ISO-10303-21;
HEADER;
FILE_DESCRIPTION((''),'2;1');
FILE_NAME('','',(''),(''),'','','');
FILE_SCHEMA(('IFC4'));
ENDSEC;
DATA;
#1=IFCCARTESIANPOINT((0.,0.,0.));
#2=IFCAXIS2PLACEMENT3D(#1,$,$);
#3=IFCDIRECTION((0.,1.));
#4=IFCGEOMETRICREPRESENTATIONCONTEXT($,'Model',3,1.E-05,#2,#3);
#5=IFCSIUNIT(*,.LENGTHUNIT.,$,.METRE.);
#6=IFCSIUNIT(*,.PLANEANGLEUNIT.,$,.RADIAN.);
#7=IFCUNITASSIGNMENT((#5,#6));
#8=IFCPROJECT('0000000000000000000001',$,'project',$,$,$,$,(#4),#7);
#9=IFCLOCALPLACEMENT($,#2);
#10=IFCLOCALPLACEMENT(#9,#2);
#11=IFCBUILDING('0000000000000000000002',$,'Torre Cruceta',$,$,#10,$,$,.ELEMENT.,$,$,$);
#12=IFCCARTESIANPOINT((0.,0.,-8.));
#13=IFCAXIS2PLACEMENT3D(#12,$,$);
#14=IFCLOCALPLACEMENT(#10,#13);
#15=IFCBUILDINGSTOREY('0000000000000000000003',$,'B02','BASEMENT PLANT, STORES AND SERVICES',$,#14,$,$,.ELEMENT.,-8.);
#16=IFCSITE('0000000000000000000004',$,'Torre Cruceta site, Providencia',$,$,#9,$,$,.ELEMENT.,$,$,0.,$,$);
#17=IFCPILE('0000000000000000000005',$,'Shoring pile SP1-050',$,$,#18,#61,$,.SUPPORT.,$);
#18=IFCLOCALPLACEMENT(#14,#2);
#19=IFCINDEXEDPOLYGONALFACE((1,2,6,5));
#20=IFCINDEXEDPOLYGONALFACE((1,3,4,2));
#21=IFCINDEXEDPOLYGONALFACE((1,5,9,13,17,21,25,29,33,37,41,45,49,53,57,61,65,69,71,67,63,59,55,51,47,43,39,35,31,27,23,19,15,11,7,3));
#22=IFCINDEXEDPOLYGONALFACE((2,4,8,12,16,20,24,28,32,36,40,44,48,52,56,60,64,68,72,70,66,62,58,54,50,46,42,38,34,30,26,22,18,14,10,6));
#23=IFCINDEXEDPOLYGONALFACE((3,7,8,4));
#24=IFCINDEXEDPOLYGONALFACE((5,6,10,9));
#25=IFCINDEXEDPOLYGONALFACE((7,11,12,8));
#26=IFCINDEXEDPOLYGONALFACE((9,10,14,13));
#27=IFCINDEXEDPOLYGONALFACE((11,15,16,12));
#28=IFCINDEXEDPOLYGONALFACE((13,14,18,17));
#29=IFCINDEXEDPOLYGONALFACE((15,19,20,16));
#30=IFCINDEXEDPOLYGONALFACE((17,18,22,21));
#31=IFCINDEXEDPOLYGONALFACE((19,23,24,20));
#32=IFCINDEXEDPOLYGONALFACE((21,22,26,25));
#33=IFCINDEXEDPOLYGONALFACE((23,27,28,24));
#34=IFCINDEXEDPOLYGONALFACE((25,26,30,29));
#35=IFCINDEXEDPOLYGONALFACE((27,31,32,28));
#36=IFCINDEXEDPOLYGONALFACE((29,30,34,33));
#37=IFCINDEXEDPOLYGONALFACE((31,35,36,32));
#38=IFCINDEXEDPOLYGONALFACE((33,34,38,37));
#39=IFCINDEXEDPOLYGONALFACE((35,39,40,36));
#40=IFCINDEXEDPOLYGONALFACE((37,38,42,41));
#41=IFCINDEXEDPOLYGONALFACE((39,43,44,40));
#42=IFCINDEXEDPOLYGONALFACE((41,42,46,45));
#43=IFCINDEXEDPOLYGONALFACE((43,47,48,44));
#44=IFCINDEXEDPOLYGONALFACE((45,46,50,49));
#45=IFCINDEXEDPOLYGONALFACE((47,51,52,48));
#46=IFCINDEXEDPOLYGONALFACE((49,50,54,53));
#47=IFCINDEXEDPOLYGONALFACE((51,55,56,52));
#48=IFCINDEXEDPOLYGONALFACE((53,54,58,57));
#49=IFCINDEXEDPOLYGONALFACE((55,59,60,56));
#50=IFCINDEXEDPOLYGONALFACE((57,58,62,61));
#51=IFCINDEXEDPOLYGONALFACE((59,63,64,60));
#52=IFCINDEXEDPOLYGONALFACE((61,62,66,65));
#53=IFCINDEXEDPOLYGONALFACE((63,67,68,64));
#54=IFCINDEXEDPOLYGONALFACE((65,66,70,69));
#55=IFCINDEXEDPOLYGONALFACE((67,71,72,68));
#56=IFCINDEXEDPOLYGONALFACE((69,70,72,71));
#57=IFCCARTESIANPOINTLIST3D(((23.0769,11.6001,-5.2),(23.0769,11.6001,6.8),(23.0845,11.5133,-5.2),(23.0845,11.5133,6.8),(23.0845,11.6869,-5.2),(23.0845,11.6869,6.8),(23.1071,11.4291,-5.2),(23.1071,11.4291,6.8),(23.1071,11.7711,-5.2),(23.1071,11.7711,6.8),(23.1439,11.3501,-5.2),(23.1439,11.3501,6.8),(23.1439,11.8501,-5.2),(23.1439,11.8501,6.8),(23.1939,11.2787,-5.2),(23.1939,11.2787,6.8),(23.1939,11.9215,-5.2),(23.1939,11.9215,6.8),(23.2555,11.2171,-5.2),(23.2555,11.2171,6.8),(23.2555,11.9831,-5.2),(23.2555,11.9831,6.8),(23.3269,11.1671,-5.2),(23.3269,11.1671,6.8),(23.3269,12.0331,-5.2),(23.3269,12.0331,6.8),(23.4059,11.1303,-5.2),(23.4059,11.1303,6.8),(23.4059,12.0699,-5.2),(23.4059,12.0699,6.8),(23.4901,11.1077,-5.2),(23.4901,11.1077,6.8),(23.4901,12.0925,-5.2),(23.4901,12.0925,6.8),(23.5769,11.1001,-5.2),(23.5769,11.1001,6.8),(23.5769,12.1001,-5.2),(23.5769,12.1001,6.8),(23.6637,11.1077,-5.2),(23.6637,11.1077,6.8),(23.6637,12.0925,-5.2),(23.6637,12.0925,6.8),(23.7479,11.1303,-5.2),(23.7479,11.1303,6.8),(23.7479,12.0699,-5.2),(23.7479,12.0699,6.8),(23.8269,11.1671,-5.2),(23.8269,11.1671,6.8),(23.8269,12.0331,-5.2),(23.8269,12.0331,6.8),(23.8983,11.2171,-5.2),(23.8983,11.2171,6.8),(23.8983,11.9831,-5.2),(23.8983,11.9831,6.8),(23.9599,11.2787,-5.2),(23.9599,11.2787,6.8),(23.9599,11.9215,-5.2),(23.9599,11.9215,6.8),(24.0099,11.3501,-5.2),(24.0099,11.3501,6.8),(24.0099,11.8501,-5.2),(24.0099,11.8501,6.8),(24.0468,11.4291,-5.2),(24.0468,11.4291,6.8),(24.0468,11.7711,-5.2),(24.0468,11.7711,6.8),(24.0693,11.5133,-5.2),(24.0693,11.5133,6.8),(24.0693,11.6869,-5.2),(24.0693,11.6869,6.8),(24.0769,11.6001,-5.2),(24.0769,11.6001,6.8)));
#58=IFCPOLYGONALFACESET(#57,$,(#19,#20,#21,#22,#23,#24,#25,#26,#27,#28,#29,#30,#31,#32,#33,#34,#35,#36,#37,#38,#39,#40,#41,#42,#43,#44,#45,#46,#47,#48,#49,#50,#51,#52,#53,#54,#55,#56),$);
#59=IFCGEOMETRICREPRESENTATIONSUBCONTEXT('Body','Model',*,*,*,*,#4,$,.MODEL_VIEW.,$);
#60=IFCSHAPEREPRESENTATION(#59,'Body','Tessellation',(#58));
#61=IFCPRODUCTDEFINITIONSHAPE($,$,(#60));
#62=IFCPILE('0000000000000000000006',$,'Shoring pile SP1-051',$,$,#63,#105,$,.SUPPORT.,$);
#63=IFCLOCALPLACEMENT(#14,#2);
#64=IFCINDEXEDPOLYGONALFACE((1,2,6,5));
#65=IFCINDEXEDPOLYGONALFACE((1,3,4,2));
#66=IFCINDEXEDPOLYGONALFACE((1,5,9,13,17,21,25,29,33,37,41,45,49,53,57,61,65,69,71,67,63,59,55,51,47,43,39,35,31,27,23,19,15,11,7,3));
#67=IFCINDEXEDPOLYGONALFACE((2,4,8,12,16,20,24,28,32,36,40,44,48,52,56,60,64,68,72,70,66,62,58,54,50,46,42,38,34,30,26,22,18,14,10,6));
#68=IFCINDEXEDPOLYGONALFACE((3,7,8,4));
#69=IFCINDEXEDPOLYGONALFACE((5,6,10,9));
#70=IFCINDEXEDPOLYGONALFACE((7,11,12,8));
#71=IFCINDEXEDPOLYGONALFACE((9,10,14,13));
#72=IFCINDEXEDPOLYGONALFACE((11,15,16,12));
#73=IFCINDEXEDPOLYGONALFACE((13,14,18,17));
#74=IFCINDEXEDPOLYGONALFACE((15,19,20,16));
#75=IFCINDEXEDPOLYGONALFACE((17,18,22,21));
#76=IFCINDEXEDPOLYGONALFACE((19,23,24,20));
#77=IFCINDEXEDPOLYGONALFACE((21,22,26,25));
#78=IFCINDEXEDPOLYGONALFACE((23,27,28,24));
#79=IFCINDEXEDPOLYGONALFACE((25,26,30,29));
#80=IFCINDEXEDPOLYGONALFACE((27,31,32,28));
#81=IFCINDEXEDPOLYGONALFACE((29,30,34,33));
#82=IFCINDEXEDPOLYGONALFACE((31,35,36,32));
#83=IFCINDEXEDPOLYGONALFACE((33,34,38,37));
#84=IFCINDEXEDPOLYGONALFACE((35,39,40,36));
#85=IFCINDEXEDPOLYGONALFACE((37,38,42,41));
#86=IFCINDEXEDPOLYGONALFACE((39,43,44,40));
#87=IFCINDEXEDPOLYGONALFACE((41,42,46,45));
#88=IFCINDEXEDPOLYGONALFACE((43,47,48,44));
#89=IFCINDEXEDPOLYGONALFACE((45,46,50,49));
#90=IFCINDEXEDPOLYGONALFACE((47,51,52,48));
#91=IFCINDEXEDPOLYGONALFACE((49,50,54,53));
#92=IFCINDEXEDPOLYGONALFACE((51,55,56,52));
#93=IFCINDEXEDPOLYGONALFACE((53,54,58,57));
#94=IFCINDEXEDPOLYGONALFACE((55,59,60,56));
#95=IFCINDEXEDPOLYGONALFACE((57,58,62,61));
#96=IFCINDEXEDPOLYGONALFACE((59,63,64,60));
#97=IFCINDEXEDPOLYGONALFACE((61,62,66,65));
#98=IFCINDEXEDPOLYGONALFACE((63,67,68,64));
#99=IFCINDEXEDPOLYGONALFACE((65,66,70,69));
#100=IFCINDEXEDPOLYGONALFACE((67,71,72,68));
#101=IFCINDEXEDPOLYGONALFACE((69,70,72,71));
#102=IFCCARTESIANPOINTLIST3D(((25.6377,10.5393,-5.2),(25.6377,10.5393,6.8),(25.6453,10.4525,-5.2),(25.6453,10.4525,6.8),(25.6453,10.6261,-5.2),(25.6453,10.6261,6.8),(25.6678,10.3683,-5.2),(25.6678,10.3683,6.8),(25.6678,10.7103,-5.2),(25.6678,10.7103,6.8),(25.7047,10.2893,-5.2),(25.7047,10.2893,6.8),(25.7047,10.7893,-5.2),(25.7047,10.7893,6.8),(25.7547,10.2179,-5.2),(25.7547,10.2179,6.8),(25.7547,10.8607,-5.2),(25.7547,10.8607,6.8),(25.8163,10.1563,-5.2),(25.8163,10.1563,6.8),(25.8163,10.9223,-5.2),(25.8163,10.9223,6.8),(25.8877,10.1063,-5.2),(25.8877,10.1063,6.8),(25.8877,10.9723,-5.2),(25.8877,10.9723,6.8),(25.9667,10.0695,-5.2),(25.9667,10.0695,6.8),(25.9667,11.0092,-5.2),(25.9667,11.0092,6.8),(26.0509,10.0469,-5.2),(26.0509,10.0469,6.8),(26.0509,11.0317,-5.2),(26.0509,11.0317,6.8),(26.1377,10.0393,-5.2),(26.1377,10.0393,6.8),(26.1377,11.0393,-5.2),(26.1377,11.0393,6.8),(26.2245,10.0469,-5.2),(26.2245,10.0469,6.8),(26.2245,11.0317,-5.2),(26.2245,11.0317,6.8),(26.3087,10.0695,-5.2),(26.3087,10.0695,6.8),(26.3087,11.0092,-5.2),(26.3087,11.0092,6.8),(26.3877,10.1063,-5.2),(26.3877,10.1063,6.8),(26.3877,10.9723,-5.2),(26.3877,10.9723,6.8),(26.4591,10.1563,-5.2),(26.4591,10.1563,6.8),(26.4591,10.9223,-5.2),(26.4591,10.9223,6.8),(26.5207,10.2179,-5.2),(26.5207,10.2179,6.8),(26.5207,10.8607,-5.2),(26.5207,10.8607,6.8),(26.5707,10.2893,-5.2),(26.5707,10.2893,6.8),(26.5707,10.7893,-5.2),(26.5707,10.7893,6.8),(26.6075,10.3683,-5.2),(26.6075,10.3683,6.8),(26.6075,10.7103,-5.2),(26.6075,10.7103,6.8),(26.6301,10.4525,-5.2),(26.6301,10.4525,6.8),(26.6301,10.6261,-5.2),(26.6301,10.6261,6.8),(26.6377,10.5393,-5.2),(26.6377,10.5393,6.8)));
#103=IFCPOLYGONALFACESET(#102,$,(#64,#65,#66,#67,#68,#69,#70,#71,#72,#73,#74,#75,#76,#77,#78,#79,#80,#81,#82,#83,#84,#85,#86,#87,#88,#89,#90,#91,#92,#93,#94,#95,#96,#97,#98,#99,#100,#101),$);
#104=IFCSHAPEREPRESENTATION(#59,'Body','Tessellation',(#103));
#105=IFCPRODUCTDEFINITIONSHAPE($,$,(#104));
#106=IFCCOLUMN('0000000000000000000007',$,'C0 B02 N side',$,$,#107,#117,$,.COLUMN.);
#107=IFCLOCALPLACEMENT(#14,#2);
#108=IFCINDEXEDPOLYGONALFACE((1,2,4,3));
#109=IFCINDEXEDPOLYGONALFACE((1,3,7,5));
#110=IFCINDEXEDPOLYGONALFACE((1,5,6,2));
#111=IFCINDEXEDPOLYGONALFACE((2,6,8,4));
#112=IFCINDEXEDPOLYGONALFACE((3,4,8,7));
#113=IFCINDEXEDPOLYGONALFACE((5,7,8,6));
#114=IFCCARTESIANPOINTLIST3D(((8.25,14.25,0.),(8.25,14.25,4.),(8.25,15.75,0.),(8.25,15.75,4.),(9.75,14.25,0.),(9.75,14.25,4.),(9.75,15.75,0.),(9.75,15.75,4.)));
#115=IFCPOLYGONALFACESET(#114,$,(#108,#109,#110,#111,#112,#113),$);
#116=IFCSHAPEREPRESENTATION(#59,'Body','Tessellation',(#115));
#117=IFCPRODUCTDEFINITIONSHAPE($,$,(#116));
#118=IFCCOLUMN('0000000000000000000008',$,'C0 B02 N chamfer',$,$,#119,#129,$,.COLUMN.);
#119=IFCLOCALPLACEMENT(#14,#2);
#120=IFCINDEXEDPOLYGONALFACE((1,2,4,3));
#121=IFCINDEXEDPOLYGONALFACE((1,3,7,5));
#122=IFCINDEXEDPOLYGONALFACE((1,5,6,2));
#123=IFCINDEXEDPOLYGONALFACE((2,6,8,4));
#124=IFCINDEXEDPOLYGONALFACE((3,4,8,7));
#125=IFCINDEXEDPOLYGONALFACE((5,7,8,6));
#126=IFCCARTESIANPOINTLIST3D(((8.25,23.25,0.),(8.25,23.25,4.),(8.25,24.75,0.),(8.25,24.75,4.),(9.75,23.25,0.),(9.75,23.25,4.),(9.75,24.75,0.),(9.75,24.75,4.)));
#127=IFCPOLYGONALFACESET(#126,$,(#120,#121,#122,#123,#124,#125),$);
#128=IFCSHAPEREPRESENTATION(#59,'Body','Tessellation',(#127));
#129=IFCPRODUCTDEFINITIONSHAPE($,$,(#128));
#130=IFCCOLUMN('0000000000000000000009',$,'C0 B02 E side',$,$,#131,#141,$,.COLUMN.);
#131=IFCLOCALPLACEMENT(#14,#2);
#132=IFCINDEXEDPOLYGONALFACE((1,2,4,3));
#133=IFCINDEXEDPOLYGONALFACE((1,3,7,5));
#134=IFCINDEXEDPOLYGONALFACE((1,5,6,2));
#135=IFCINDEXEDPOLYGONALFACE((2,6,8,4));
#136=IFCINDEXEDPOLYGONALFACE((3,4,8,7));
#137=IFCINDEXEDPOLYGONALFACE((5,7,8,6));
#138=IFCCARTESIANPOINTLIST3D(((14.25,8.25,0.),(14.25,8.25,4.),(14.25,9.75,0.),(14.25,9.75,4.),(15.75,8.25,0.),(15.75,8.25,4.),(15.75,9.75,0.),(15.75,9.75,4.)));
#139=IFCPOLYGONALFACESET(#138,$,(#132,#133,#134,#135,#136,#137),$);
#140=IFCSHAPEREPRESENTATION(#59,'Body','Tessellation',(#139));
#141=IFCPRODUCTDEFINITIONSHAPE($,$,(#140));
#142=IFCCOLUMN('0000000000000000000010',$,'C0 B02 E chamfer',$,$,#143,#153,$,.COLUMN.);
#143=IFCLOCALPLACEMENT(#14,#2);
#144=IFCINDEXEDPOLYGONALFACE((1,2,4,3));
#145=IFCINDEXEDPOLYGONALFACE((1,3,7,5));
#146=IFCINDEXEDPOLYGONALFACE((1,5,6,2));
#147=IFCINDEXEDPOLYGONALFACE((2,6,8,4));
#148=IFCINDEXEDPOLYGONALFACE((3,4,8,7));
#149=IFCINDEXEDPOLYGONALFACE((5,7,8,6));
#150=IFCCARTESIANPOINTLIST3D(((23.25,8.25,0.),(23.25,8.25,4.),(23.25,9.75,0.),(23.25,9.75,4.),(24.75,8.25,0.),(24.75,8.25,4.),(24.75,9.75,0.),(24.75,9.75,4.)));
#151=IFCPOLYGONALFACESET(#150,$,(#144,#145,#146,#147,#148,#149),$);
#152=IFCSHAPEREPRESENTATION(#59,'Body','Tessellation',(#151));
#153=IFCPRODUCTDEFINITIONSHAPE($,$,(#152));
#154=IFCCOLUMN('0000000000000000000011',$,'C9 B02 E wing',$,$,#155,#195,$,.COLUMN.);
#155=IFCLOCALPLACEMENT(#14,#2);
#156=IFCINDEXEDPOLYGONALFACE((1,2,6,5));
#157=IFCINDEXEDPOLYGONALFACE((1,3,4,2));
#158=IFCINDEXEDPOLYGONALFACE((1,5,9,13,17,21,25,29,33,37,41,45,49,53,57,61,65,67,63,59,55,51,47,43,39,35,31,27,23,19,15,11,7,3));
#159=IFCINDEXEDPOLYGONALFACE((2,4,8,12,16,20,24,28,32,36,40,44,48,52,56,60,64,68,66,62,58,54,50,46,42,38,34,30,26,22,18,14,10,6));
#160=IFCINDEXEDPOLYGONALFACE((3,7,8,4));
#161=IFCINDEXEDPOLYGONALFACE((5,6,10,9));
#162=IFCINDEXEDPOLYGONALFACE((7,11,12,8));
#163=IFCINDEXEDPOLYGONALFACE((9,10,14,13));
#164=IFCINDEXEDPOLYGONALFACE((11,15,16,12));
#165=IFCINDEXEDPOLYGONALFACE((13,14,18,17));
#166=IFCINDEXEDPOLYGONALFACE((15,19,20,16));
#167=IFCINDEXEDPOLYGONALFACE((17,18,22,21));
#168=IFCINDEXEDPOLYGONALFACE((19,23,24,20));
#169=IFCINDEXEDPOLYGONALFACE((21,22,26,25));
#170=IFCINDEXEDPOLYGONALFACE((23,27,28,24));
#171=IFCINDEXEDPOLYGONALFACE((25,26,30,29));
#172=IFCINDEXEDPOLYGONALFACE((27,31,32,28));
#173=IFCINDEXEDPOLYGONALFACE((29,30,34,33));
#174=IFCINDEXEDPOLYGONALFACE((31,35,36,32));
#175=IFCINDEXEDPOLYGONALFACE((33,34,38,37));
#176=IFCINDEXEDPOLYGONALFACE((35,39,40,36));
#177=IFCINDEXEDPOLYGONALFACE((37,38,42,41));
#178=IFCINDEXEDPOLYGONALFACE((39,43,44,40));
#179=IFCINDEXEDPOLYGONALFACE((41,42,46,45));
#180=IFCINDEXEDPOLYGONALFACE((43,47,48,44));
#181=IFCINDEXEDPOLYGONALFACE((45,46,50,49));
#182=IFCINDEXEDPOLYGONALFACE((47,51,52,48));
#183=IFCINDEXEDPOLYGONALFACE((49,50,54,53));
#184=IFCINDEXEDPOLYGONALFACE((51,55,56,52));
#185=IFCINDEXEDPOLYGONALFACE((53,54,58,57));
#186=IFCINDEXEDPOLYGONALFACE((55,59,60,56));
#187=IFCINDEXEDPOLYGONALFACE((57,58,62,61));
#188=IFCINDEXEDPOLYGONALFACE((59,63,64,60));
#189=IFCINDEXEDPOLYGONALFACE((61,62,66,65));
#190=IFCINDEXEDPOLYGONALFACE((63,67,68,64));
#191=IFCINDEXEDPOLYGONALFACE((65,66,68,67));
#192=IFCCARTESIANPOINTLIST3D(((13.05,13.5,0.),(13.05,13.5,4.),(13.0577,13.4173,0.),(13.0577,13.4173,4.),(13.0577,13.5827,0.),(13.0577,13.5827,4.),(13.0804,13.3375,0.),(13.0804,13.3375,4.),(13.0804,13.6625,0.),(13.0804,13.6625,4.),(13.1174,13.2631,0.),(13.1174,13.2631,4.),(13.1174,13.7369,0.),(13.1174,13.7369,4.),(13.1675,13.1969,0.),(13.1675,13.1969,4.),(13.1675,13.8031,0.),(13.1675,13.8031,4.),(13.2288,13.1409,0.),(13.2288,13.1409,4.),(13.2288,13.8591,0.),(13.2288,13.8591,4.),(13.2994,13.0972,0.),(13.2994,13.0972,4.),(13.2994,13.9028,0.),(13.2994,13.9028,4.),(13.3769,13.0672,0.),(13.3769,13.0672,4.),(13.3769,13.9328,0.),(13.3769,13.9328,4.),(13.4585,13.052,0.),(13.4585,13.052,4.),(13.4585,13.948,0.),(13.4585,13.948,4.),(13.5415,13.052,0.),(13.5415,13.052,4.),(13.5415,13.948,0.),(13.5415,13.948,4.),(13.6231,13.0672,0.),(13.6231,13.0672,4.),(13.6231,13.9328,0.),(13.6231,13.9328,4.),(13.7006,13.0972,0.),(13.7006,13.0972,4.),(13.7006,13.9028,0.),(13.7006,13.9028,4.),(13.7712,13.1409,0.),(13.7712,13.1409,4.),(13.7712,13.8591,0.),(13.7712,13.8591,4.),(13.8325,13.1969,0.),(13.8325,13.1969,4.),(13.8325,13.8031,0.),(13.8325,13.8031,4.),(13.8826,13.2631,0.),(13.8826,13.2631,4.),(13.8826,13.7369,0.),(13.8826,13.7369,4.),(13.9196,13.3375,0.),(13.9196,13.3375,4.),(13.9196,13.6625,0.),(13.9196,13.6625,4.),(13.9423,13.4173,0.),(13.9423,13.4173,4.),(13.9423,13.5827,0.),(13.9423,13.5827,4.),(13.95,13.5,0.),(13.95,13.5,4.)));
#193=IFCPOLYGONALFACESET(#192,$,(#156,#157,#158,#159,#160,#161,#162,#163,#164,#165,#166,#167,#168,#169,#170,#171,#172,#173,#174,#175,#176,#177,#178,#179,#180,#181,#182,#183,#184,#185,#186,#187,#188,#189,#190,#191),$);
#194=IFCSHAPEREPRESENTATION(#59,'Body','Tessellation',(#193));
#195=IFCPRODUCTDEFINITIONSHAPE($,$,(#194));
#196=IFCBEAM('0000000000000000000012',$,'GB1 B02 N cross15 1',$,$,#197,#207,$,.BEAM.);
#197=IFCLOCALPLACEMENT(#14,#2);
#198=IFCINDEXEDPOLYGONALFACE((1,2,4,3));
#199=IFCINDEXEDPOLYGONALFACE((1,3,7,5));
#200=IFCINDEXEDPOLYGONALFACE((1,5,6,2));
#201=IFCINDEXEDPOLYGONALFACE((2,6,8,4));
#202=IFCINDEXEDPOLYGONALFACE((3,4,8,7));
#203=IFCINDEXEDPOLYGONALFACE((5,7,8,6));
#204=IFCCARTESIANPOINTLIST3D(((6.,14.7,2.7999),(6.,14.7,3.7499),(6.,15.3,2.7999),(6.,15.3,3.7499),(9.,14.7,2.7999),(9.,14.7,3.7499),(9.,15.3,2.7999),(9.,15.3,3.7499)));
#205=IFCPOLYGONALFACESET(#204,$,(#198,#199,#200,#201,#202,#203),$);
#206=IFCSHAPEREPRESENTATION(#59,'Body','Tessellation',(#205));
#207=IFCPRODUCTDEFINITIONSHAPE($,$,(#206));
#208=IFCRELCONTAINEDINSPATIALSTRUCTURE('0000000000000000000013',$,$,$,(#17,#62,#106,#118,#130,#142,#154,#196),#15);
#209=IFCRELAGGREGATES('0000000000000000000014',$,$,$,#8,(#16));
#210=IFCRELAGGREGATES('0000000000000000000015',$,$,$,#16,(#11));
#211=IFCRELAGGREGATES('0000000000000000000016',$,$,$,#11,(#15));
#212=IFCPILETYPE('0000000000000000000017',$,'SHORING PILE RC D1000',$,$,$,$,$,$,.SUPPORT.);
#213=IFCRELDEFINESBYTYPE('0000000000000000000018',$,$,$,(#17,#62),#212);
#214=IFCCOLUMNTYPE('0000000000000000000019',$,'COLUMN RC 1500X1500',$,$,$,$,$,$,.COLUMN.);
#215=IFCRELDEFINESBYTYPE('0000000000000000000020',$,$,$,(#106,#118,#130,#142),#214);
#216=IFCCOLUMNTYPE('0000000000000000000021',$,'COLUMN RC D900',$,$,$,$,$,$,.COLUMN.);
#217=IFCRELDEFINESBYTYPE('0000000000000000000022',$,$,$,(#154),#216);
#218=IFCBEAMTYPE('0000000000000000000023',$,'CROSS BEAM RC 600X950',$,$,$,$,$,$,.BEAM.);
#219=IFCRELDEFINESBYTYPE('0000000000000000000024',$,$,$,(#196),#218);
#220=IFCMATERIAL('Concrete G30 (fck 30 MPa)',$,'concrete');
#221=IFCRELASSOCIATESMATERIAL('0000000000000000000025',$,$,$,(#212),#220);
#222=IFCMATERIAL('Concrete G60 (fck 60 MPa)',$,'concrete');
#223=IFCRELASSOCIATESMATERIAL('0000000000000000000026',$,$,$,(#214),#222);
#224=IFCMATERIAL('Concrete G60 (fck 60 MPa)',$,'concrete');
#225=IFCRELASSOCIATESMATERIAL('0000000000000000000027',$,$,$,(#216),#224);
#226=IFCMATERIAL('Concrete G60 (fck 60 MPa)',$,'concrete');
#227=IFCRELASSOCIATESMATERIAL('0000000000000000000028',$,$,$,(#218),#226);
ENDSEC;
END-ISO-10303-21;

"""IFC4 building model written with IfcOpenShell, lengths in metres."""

from ifc_helpers import new_model, si_unit, direction, frame, origin, origin_2d, place, context, subcontext, project, spatial, rectangle, circle, extrude, material, material_profile, profile_set, type_object, element, save


model = new_model("IFC4")

# Units and contexts
model_context = context("Model", 3, precision=1e-05, world=origin(), true_north=direction((0.0, 1.0)))
body_context = subcontext(model_context, "Body", "Model", "MODEL_VIEW")
ifc_project = project(units=[si_unit("LENGTHUNIT", "METRE"), si_unit("PLANEANGLEUNIT", "RADIAN")], contexts=[model_context])

# Site, building, storey
site_placement = place(None, origin())
site = spatial("IfcSite", under=ifc_project, at=site_placement, Name="Torre Cruceta site, Providencia", CompositionType="ELEMENT", RefElevation=0.0)
building_placement = place(site_placement, origin())
building = spatial("IfcBuilding", under=site, at=building_placement, Name="Torre Cruceta", CompositionType="ELEMENT")
storey_placement = place(building_placement, frame((0.0, 0.0, -8.0)))
storey = spatial("IfcBuildingStorey", under=building, at=storey_placement, Name="B02", Description="BASEMENT PLANT, STORES AND SERVICES", CompositionType="ELEMENT", Elevation=-8.0)

# Piles
ifc_material_1 = material(Name="Concrete G30 (fck 30 MPa)", Category="concrete")
ifc_material_profile_1 = material_profile(ifc_material_1, circle(Radius=0.5, at=origin_2d()), Name="RC D1000")
ifc_profile_set_1 = profile_set([ifc_material_profile_1], Name="Concrete G30 (fck 30 MPa)")
pile_type_1 = type_object("IfcPileType", Name="SHORING PILE RC D1000", PredefinedType="SUPPORT", material=ifc_profile_set_1)
for number, where, z_axis, x_axis, name in (
    (1, (23.5769, 11.6001, 6.8), (0.0, 0.0, -1.0), (1.0, 0.0, 0.0), "Shoring pile SP1-050"),
    (2, (26.1377, 10.5393, 6.8), (0.0, 0.0, -1.0), (1.0, 0.0, 0.0), "Shoring pile SP1-051"),
):
    element("IfcPile", number, at=place(storey_placement, frame(where, z_axis=z_axis, x_axis=x_axis)), inside=storey, type_object=pile_type_1, Name=name, PredefinedType="SUPPORT", context=body_context, shape_type="SweptSolid", body=[
        extrude(circle(Radius=0.5, at=origin_2d()), origin(), (0.0, 0.0, 1.0), 12.0),
    ])

# Columns
ifc_material_2 = material(Name="Concrete G60 (fck 60 MPa)", Category="concrete")
ifc_material_profile_2 = material_profile(ifc_material_2, rectangle(XDim=1.5, YDim=1.5, at=origin_2d()), Name="RC 1500X1500")
ifc_profile_set_2 = profile_set([ifc_material_profile_2], Name="Concrete G60 (fck 60 MPa)")
column_type_1 = type_object("IfcColumnType", Name="COLUMN RC 1500X1500", PredefinedType="COLUMN", material=ifc_profile_set_2)
for number, where, z_axis, x_axis, name in (
    (3, (9.0, 15.0, 0.0), (0.0, 0.0, 1.0), (1.0, 0.0, 0.0), "C0 B02 N side"),
    (4, (9.0, 24.0, 0.0), (0.0, 0.0, 1.0), (1.0, 0.0, 0.0), "C0 B02 N chamfer"),
    (5, (15.0, 9.0, 0.0), (0.0, 0.0, 1.0), (1.0, 0.0, 0.0), "C0 B02 E side"),
    (6, (24.0, 9.0, 0.0), (0.0, 0.0, 1.0), (1.0, 0.0, 0.0), "C0 B02 E chamfer"),
):
    element("IfcColumn", number, at=place(storey_placement, frame(where, z_axis=z_axis, x_axis=x_axis)), inside=storey, type_object=column_type_1, Name=name, PredefinedType="COLUMN", context=body_context, shape_type="SweptSolid", body=[
        extrude(rectangle(XDim=1.5, YDim=1.5, at=origin_2d()), origin(), (0.0, 0.0, 1.0), 4.0),
    ])
ifc_material_3 = material(Name="Concrete G60 (fck 60 MPa)", Category="concrete")
ifc_material_profile_3 = material_profile(ifc_material_3, circle(Radius=0.45, at=origin_2d()), Name="RC D900")
ifc_profile_set_3 = profile_set([ifc_material_profile_3], Name="Concrete G60 (fck 60 MPa)")
column_type_2 = type_object("IfcColumnType", Name="COLUMN RC D900", PredefinedType="COLUMN", material=ifc_profile_set_3)
column_placement = place(storey_placement, frame((13.5, 13.5, 0.0), z_axis=(0.0, 0.0, 1.0), x_axis=(1.0, 0.0, 0.0)))
element("IfcColumn", 7, at=column_placement, inside=storey, type_object=column_type_2, Name="C9 B02 E wing", PredefinedType="COLUMN", context=body_context, shape_type="SweptSolid", body=[
    extrude(circle(Radius=0.45, at=origin_2d()), origin(), (0.0, 0.0, 1.0), 4.0),
])

# Beam
ifc_material_4 = material(Name="Concrete G60 (fck 60 MPa)", Category="concrete")
ifc_material_profile_4 = material_profile(ifc_material_4, rectangle(XDim=0.6001, YDim=0.95, at=origin_2d()), Name="RC 600X950")
ifc_profile_set_4 = profile_set([ifc_material_profile_4], Name="Concrete G60 (fck 60 MPa)")
beam_type_1 = type_object("IfcBeamType", Name="CROSS BEAM RC 600X950", PredefinedType="BEAM", material=ifc_profile_set_4)
for number, where, z_axis, x_axis, name in (
    (8, (9.0, 15.0, 3.2749), (-1.0, 0.0, 0.0), (0.0, -1.0, 0.0), "GB1 B02 N cross15 1"),
):
    element("IfcBeam", number, at=place(storey_placement, frame(where, z_axis=z_axis, x_axis=x_axis)), inside=storey, type_object=beam_type_1, Name=name, PredefinedType="BEAM", context=body_context, shape_type="SweptSolid", body=[
        extrude(rectangle(XDim=0.6001, YDim=0.95, at=origin_2d()), origin(), (0.0, 0.0, 1.0), 3.0),
    ])

save(model, "model.ifc")
